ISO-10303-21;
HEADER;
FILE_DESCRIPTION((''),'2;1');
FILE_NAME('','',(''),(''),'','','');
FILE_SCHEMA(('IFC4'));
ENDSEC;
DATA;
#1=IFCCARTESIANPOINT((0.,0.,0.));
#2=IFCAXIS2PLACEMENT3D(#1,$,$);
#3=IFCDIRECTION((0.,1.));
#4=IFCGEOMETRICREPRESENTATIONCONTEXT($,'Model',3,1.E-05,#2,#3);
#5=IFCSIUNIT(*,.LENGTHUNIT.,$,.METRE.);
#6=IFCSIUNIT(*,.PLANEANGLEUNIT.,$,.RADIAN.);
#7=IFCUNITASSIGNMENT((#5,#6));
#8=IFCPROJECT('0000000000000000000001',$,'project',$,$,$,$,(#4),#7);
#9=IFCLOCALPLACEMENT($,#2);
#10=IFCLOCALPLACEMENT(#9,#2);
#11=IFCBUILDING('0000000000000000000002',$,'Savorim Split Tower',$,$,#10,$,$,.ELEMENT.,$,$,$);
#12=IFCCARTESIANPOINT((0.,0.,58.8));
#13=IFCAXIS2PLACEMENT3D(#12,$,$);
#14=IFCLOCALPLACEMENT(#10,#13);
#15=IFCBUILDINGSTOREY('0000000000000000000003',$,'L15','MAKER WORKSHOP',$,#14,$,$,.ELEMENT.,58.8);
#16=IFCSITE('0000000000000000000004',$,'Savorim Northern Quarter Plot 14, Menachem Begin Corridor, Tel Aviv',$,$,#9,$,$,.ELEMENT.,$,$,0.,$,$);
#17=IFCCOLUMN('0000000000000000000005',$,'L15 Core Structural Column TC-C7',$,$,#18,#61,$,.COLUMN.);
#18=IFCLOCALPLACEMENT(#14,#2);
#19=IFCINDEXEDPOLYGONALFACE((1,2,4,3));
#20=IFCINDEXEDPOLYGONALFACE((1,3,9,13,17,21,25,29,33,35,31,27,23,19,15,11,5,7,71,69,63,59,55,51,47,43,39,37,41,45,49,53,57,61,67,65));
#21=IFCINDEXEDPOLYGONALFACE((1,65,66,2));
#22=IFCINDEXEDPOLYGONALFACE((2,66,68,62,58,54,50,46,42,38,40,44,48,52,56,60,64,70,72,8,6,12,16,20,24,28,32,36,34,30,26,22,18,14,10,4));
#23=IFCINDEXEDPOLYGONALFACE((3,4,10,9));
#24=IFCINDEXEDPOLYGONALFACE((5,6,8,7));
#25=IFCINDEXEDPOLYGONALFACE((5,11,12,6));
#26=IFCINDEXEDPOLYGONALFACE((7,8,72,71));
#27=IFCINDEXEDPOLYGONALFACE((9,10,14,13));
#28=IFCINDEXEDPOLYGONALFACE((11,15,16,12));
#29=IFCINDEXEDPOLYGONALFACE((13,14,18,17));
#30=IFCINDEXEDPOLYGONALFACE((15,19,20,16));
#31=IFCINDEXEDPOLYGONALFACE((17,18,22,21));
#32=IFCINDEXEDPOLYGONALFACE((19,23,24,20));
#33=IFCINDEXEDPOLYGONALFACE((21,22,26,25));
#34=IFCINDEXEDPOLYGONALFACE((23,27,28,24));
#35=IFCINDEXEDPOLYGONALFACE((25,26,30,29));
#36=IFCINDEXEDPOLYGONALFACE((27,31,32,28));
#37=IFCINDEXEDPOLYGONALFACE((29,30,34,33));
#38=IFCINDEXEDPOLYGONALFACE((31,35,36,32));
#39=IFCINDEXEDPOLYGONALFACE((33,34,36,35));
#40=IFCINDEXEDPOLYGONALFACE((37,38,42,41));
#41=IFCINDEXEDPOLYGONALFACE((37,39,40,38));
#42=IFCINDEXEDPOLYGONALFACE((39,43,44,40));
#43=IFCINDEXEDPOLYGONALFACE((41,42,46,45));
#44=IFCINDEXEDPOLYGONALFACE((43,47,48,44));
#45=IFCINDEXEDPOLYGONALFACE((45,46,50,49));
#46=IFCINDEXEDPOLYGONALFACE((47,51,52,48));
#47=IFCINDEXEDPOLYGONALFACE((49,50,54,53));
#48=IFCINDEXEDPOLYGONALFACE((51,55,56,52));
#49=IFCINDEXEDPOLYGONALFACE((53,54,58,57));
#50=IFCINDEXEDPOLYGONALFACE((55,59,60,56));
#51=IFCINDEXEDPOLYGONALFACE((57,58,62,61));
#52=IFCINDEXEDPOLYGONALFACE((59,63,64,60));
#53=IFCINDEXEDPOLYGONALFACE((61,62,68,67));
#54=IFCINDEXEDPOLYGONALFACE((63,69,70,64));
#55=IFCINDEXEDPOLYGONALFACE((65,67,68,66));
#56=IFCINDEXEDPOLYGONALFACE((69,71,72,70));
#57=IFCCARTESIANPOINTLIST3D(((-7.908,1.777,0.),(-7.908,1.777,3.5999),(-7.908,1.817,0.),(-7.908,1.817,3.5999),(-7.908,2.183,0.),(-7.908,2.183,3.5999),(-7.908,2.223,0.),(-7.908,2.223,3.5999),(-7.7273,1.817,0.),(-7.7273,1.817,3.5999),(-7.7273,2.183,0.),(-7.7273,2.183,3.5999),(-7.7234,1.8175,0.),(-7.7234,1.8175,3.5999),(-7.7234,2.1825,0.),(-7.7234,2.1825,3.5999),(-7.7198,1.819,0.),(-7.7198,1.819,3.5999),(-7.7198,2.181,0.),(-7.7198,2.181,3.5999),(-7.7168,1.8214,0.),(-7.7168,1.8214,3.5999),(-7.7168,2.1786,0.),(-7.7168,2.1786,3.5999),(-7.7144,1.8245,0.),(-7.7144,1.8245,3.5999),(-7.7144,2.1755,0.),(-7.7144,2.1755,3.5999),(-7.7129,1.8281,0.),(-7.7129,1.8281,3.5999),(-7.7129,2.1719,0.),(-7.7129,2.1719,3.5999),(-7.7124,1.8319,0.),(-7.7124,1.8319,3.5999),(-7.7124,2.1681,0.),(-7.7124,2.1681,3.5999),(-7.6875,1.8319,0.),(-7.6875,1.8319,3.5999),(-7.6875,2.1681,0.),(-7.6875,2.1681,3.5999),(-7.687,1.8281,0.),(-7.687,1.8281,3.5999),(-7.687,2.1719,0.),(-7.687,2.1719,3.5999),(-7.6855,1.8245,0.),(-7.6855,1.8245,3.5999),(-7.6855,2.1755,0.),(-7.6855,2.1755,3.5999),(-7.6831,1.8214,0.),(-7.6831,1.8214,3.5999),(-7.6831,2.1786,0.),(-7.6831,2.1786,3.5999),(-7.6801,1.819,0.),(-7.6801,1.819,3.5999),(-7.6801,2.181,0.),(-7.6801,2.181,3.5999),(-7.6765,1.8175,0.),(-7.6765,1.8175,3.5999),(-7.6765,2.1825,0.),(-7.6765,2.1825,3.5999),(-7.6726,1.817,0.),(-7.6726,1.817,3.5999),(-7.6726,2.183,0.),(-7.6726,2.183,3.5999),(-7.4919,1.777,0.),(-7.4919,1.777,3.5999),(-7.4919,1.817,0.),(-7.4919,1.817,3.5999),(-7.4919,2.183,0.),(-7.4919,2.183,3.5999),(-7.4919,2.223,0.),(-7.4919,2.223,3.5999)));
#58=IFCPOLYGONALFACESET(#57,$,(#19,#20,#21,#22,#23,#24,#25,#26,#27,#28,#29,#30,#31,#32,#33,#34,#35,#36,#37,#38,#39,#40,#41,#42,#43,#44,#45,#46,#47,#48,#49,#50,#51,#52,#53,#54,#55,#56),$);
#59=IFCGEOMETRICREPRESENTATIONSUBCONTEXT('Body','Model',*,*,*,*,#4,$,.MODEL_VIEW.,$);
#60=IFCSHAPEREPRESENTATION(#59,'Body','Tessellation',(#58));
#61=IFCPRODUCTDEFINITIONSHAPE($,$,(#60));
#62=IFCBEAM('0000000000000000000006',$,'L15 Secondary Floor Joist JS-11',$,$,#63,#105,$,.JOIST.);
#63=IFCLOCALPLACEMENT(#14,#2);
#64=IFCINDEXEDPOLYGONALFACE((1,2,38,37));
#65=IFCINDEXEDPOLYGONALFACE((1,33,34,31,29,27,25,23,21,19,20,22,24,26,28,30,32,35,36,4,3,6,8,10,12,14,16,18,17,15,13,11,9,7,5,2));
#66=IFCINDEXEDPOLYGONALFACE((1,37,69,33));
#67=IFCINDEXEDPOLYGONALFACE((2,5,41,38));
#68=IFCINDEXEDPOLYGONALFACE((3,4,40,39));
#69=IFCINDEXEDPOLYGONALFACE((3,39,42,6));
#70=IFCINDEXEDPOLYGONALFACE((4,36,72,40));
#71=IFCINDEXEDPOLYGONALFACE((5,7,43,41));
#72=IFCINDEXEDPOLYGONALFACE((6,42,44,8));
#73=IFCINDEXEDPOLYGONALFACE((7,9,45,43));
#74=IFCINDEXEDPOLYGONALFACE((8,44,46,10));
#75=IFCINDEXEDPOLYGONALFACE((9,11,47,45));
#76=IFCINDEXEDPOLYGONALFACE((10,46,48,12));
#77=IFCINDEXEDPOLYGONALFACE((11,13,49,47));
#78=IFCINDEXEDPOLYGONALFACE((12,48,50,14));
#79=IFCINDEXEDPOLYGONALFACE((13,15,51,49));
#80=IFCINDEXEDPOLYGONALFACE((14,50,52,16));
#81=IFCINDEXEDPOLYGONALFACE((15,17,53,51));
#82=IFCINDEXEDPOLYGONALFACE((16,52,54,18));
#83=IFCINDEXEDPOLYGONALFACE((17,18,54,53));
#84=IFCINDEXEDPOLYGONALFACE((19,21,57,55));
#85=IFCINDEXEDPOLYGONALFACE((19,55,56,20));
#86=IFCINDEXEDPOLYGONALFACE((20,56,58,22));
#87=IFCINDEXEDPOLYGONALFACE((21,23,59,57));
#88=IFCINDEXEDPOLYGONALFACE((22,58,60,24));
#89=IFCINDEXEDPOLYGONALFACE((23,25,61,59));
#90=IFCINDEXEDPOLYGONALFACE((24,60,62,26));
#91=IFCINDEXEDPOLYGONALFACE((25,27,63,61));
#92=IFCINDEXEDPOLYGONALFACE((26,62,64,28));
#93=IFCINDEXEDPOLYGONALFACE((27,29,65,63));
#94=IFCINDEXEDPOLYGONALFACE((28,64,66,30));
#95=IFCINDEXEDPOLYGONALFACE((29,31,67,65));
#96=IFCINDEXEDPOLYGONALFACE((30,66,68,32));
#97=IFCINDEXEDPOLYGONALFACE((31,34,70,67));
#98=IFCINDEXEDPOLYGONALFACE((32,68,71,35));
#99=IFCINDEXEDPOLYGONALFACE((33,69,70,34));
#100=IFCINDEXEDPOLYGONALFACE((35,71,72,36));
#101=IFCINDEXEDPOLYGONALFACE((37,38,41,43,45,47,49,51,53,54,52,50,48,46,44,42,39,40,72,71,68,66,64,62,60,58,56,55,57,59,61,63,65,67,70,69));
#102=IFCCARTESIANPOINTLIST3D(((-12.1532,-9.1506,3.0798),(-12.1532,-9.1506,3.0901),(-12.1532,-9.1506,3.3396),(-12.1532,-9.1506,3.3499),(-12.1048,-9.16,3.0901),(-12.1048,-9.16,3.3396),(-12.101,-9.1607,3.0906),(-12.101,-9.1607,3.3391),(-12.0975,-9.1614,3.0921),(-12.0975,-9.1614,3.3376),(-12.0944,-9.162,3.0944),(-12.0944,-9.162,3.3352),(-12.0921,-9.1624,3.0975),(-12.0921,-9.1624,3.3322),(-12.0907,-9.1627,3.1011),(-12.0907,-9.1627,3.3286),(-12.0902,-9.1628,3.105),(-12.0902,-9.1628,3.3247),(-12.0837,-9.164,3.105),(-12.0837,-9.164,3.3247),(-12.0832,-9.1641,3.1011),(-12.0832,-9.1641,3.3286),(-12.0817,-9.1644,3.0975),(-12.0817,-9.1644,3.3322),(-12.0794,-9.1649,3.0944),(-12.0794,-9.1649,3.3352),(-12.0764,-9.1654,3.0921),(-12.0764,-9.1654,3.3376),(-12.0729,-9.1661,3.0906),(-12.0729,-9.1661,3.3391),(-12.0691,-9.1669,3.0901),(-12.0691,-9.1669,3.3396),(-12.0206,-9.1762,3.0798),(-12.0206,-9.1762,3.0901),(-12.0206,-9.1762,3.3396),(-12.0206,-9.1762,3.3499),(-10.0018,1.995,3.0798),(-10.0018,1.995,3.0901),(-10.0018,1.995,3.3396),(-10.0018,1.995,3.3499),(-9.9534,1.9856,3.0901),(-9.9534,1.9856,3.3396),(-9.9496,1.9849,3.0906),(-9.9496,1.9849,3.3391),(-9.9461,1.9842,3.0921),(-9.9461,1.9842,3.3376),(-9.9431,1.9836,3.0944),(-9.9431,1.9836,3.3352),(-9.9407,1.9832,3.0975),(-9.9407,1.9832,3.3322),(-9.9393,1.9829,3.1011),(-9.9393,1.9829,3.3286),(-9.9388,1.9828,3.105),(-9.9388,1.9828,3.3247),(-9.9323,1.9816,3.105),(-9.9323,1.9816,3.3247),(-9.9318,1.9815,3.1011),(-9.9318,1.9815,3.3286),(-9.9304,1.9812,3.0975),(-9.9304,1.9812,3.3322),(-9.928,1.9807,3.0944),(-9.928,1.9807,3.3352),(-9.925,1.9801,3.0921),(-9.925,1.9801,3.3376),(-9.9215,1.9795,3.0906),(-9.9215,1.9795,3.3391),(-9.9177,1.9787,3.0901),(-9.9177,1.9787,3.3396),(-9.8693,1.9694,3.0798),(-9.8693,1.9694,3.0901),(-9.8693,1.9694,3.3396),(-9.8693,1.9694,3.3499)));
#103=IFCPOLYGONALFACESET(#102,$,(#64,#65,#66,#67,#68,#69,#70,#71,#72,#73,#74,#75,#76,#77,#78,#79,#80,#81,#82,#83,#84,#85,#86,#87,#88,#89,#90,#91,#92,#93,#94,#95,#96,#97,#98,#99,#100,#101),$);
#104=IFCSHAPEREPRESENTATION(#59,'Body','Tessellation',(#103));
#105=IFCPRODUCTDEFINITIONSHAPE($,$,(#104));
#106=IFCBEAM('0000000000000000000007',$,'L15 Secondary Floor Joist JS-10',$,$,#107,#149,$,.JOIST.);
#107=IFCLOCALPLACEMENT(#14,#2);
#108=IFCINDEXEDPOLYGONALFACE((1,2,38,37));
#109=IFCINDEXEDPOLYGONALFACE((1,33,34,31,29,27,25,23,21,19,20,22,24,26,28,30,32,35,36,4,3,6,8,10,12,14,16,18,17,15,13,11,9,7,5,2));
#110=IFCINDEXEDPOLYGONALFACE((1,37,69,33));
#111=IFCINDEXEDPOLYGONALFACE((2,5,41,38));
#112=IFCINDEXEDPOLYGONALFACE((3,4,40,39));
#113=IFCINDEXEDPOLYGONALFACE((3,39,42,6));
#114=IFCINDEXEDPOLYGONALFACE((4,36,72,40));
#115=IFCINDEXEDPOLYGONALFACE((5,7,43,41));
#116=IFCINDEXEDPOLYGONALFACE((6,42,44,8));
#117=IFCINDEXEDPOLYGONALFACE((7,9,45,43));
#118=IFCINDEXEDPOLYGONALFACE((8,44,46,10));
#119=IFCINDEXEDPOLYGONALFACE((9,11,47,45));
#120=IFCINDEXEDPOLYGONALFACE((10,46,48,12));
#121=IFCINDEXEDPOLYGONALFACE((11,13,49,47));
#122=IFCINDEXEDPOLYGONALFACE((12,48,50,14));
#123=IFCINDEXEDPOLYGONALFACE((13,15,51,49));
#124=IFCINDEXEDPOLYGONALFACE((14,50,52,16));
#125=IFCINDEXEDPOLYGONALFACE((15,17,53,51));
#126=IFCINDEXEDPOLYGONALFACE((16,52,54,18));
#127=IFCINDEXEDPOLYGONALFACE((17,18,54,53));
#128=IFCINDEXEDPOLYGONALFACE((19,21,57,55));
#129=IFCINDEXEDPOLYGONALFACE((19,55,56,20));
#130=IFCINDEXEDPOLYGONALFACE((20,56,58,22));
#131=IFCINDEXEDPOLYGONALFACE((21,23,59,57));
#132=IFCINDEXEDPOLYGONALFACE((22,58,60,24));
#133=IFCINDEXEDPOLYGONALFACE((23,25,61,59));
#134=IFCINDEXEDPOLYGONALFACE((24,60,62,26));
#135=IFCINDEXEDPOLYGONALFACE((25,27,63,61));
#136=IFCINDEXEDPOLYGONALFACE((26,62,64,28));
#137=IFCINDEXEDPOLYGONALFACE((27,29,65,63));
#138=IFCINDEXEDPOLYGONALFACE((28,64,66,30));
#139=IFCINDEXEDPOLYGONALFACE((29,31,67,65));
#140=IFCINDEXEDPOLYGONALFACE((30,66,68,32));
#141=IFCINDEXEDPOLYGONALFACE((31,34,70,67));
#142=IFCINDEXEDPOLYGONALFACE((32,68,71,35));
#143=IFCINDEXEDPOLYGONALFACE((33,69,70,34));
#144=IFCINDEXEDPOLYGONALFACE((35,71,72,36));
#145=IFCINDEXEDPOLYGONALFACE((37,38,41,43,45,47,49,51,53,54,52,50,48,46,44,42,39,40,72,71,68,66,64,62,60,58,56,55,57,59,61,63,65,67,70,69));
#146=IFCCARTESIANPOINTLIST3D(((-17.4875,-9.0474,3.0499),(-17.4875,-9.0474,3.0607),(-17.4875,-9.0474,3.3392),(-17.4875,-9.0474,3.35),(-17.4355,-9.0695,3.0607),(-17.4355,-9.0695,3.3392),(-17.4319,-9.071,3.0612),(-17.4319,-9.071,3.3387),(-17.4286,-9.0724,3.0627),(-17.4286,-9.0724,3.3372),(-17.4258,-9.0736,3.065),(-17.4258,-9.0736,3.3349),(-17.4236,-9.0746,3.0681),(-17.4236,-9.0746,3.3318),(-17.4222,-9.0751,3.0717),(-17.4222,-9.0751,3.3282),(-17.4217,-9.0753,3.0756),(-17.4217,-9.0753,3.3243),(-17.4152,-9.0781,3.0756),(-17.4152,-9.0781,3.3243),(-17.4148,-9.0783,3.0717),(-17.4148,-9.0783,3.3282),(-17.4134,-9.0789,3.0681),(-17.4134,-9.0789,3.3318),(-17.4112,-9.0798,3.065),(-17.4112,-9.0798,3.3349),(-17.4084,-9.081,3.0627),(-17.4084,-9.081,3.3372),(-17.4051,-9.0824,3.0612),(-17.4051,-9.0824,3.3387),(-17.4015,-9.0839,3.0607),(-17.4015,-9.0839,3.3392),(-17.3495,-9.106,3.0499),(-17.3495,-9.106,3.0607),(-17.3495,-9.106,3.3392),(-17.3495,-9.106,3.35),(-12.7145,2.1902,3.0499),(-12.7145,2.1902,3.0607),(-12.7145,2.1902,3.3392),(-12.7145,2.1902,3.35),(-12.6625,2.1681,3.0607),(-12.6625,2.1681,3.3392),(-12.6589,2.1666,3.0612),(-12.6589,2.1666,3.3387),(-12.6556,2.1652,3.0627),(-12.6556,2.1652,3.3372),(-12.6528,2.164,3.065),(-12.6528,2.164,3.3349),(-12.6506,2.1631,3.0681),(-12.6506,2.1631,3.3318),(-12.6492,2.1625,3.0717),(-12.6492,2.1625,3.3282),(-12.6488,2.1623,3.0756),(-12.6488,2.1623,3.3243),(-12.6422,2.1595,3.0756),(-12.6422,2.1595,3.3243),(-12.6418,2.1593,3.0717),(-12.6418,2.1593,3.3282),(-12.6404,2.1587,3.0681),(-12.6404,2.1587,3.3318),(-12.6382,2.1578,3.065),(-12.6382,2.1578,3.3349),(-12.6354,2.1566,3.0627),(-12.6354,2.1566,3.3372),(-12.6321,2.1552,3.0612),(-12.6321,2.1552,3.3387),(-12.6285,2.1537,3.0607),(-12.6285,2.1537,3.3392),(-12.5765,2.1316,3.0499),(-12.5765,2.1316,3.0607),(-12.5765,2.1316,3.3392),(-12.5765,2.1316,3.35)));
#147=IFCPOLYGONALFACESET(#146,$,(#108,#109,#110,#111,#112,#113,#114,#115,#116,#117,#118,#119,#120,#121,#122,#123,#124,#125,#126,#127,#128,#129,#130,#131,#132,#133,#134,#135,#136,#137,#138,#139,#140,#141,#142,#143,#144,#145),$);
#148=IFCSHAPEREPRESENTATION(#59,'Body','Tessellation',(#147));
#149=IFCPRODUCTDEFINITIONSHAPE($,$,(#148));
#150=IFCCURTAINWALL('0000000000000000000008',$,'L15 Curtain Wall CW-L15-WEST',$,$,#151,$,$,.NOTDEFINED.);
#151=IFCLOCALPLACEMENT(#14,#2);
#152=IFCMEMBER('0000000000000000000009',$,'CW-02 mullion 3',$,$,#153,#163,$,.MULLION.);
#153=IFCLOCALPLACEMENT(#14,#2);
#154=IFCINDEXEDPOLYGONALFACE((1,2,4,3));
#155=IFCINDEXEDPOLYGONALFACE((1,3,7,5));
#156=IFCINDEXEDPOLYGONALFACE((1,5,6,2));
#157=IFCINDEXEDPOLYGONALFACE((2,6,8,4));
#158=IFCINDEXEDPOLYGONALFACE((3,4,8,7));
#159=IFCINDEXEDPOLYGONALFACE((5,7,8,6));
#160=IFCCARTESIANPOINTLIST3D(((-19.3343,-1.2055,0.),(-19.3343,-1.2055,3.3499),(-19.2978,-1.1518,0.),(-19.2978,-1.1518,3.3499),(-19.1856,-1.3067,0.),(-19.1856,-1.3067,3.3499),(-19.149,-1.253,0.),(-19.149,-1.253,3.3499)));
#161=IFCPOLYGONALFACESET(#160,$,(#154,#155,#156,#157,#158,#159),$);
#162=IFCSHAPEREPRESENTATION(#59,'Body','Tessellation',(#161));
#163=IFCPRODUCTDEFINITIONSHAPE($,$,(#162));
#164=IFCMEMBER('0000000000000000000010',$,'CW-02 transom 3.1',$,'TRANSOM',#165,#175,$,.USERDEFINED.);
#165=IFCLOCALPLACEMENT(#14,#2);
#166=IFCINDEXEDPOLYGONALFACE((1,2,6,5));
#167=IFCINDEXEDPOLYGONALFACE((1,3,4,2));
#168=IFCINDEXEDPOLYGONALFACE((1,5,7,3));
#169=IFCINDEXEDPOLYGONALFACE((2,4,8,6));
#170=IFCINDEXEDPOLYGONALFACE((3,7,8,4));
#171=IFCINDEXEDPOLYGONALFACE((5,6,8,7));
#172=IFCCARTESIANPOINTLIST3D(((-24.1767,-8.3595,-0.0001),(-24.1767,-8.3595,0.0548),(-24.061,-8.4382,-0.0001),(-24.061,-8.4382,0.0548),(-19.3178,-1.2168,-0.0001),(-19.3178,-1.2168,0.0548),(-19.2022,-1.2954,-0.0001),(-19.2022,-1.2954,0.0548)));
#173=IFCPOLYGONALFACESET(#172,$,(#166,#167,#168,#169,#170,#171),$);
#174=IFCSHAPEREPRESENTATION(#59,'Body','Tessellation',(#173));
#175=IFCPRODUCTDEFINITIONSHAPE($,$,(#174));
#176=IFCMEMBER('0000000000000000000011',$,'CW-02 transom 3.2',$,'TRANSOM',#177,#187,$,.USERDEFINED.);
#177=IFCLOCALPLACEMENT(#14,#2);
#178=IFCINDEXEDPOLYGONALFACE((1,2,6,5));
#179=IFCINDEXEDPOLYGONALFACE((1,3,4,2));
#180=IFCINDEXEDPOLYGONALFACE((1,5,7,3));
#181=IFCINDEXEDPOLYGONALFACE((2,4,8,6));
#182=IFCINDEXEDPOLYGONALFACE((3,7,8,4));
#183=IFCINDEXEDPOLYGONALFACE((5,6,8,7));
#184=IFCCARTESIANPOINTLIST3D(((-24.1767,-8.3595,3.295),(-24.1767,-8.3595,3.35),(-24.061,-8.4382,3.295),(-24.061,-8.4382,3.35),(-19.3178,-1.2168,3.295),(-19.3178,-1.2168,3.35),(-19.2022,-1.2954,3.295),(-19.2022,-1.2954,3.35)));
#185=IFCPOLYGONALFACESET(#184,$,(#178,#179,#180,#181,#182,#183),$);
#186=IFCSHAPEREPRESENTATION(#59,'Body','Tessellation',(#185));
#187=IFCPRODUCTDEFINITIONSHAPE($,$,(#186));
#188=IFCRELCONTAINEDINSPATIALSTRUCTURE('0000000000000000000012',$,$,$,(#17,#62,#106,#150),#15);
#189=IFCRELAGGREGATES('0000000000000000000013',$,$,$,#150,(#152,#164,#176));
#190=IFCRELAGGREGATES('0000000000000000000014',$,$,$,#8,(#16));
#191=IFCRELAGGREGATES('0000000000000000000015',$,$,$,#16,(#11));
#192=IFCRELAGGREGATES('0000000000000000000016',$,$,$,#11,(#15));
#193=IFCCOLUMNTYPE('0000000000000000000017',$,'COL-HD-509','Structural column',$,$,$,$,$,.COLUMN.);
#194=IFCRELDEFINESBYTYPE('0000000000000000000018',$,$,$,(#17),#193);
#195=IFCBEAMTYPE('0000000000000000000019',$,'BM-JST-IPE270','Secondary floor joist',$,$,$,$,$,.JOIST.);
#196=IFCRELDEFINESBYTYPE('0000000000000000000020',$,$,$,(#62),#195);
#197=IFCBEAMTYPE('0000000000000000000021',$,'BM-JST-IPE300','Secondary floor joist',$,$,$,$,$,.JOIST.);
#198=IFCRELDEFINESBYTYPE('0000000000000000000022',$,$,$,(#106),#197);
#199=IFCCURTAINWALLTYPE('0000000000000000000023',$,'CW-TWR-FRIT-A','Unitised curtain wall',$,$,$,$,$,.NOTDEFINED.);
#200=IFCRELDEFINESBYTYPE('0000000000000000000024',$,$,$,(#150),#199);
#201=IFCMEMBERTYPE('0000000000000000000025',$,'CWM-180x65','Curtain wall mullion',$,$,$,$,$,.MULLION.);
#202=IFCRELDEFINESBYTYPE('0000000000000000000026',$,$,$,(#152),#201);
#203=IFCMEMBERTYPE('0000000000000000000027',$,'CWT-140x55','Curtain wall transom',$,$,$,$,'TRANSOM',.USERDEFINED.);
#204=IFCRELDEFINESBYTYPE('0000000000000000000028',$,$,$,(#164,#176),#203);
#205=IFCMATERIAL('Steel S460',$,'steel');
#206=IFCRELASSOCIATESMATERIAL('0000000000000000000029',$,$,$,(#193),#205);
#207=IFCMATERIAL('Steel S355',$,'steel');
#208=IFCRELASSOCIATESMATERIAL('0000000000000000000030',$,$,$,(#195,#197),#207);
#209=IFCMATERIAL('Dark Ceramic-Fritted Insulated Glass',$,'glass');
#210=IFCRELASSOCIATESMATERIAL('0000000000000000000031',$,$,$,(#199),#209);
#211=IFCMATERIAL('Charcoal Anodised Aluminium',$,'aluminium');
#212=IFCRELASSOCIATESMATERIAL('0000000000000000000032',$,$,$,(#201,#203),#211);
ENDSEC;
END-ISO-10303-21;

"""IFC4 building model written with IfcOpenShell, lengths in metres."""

from ifc_helpers import new_model, si_unit, direction, frame, origin, origin_2d, place, context, subcontext, project, spatial, rectangle, i_section, extrude, material, material_profile, profile_set, type_object, element, aggregate, save


model = new_model("IFC4")

# Units and contexts
model_context = context("Model", 3, precision=1e-05, world=origin(), true_north=direction((0.0, 1.0)))
body_context = subcontext(model_context, "Body", "Model", "MODEL_VIEW")
ifc_project = project(units=[si_unit("LENGTHUNIT", "METRE"), si_unit("PLANEANGLEUNIT", "RADIAN")], contexts=[model_context])

# Site, building, storey
site_placement = place(None, origin())
site = spatial("IfcSite", under=ifc_project, at=site_placement, Name="Savorim Northern Quarter Plot 14, Menachem Begin Corridor, Tel Aviv", CompositionType="ELEMENT", RefElevation=0.0)
building_placement = place(site_placement, origin())
building = spatial("IfcBuilding", under=site, at=building_placement, Name="Savorim Split Tower", CompositionType="ELEMENT")
storey_placement = place(building_placement, frame((0.0, 0.0, 58.8)))
storey = spatial("IfcBuildingStorey", under=building, at=storey_placement, Name="L15", Description="MAKER WORKSHOP", CompositionType="ELEMENT", Elevation=58.8)

# Column
ifc_material_1 = material(Name="Steel S460", Category="steel")
ifc_material_profile_1 = material_profile(ifc_material_1, i_section(OverallWidth=0.416, OverallDepth=0.446, WebThickness=0.0249, FlangeThickness=0.04, FilletRadius=0.0149, at=origin_2d()), Name="HD 400x509")
ifc_profile_set_1 = profile_set([ifc_material_profile_1], Name="Steel S460")
column_type = type_object("IfcColumnType", Name="COL-HD-509", Description="Structural column", PredefinedType="COLUMN", material=ifc_profile_set_1)
column_placement = place(storey_placement, frame((-7.7, 2.0, 0.0), z_axis=(0.0, 0.0, 1.0), x_axis=(1.0, 0.0, 0.0)))
element("IfcColumn", 1, at=column_placement, inside=storey, type_object=column_type, Name="L15 Core Structural Column TC-C7", PredefinedType="COLUMN", context=body_context, shape_type="SweptSolid", body=[
    extrude(i_section(OverallWidth=0.416, OverallDepth=0.446, WebThickness=0.0249, FlangeThickness=0.04, FilletRadius=0.0149, at=origin_2d()), origin(), (0.0, 0.0, 1.0), 3.5999),
])

# Beams
ifc_material_2 = material(Name="Steel S355", Category="steel")
ifc_material_profile_2 = material_profile(ifc_material_2, i_section(OverallWidth=0.135, OverallDepth=0.27, WebThickness=0.0066, FlangeThickness=0.0103, FilletRadius=0.0149, at=origin_2d()), Name="IPE 270")
ifc_profile_set_2 = profile_set([ifc_material_profile_2], Name="Steel S355")
beam_type_1 = type_object("IfcBeamType", Name="BM-JST-IPE270", Description="Secondary floor joist", PredefinedType="JOIST", material=ifc_profile_set_2)
beam_1_placement = place(storey_placement, frame((-9.9355, 1.9822, 3.2148), z_axis=(-0.189527, -0.981876, 0.0), x_axis=(0.981876, -0.189527, 0.0)))
element("IfcBeam", 2, at=beam_1_placement, inside=storey, type_object=beam_type_1, Name="L15 Secondary Floor Joist JS-11", PredefinedType="JOIST", context=body_context, shape_type="SweptSolid", body=[
    extrude(i_section(OverallWidth=0.135, OverallDepth=0.27, WebThickness=0.0066, FlangeThickness=0.0103, FilletRadius=0.0149, at=origin_2d()), origin(), (0.0, 0.0, 1.0), 11.3513),
])
ifc_material_profile_3 = material_profile(ifc_material_2, i_section(OverallWidth=0.1499, OverallDepth=0.3, WebThickness=0.0071, FlangeThickness=0.0107, FilletRadius=0.0149, at=origin_2d()), Name="IPE 300")
ifc_profile_set_3 = profile_set([ifc_material_profile_3], Name="Steel S355")
beam_type_2 = type_object("IfcBeamType", Name="BM-JST-IPE300", Description="Secondary floor joist", PredefinedType="JOIST", material=ifc_profile_set_3)
beam_2_placement = place(storey_placement, frame((-12.6455, 2.1609, 3.2), z_axis=(-0.390932, -0.92042, 0.0), x_axis=(0.92042, -0.390932, 0.0)))
element("IfcBeam", 3, at=beam_2_placement, inside=storey, type_object=beam_type_2, Name="L15 Secondary Floor Joist JS-10", PredefinedType="JOIST", context=body_context, shape_type="SweptSolid", body=[
    extrude(i_section(OverallWidth=0.1499, OverallDepth=0.3, WebThickness=0.0071, FlangeThickness=0.0107, FilletRadius=0.0149, at=origin_2d()), origin(), (0.0, 0.0, 1.0), 12.2092),
])

# Curtain wall, members
ifc_material_3 = material(Name="Dark Ceramic-Fritted Insulated Glass", Category="glass")
curtain_wall_type = type_object("IfcCurtainWallType", Name="CW-TWR-FRIT-A", Description="Unitised curtain wall", PredefinedType="NOTDEFINED", material=ifc_material_3)
curtain_wall_placement = place(storey_placement, origin())
curtain_wall = element("IfcCurtainWall", 4, at=curtain_wall_placement, inside=storey, type_object=curtain_wall_type, Name="L15 Curtain Wall CW-L15-WEST", PredefinedType="NOTDEFINED")
ifc_material_4 = material(Name="Charcoal Anodised Aluminium", Category="aluminium")
ifc_material_profile_4 = material_profile(ifc_material_4, rectangle(XDim=0.1799, YDim=0.0649, at=origin_2d()), Name="ALU-M 180x65")
ifc_profile_set_4 = profile_set([ifc_material_profile_4], Name="Charcoal Anodised Aluminium")
member_type_1 = type_object("IfcMemberType", Name="CWM-180x65", Description="Curtain wall mullion", PredefinedType="MULLION", material=ifc_profile_set_4)
member_1_placement = place(storey_placement, frame((-19.2417, -1.2292, 0.0), z_axis=(0.0, 0.0, 1.0), x_axis=(0.82682, -0.562466, 0.0)))
member_1 = element("IfcMember", 5, at=member_1_placement, type_object=member_type_1, Name="CW-02 mullion 3", PredefinedType="MULLION", context=body_context, shape_type="SweptSolid", body=[
    extrude(rectangle(XDim=0.1799, YDim=0.0649, at=origin_2d()), origin(), (0.0, 0.0, 1.0), 3.3499),
])
ifc_material_profile_5 = material_profile(ifc_material_4, rectangle(XDim=0.1399, YDim=0.0549, at=origin_2d()), Name="ALU-T 140x55")
ifc_profile_set_5 = profile_set([ifc_material_profile_5], Name="Charcoal Anodised Aluminium")
member_type_2 = type_object("IfcMemberType", Name="CWT-140x55", Description="Curtain wall transom", ElementType="TRANSOM", PredefinedType="USERDEFINED", material=ifc_profile_set_5)
member_2_placement = place(storey_placement, frame((-19.26, -1.2561, 0.0273), z_axis=(-0.56245, -0.826831, 0.0), x_axis=(0.826831, -0.56245, 0.0)))
member_2 = element("IfcMember", 6, at=member_2_placement, type_object=member_type_2, Name="CW-02 transom 3.1", ObjectType="TRANSOM", PredefinedType="USERDEFINED", context=body_context, shape_type="SweptSolid", body=[
    extrude(rectangle(XDim=0.1399, YDim=0.0549, at=origin_2d()), origin(), (0.0, 0.0, 1.0), 8.6387),
])
member_3_placement = place(storey_placement, frame((-19.26, -1.2561, 3.3225), z_axis=(-0.56245, -0.826831, 0.0), x_axis=(0.826831, -0.56245, 0.0)))
member_3 = element("IfcMember", 7, at=member_3_placement, type_object=member_type_2, Name="CW-02 transom 3.2", ObjectType="TRANSOM", PredefinedType="USERDEFINED", context=body_context, shape_type="SweptSolid", body=[
    extrude(rectangle(XDim=0.1399, YDim=0.0549, at=origin_2d()), origin(), (0.0, 0.0, 1.0), 8.6387),
])
aggregate(curtain_wall, [member_1, member_2, member_3])

save(model, "model.ifc")
